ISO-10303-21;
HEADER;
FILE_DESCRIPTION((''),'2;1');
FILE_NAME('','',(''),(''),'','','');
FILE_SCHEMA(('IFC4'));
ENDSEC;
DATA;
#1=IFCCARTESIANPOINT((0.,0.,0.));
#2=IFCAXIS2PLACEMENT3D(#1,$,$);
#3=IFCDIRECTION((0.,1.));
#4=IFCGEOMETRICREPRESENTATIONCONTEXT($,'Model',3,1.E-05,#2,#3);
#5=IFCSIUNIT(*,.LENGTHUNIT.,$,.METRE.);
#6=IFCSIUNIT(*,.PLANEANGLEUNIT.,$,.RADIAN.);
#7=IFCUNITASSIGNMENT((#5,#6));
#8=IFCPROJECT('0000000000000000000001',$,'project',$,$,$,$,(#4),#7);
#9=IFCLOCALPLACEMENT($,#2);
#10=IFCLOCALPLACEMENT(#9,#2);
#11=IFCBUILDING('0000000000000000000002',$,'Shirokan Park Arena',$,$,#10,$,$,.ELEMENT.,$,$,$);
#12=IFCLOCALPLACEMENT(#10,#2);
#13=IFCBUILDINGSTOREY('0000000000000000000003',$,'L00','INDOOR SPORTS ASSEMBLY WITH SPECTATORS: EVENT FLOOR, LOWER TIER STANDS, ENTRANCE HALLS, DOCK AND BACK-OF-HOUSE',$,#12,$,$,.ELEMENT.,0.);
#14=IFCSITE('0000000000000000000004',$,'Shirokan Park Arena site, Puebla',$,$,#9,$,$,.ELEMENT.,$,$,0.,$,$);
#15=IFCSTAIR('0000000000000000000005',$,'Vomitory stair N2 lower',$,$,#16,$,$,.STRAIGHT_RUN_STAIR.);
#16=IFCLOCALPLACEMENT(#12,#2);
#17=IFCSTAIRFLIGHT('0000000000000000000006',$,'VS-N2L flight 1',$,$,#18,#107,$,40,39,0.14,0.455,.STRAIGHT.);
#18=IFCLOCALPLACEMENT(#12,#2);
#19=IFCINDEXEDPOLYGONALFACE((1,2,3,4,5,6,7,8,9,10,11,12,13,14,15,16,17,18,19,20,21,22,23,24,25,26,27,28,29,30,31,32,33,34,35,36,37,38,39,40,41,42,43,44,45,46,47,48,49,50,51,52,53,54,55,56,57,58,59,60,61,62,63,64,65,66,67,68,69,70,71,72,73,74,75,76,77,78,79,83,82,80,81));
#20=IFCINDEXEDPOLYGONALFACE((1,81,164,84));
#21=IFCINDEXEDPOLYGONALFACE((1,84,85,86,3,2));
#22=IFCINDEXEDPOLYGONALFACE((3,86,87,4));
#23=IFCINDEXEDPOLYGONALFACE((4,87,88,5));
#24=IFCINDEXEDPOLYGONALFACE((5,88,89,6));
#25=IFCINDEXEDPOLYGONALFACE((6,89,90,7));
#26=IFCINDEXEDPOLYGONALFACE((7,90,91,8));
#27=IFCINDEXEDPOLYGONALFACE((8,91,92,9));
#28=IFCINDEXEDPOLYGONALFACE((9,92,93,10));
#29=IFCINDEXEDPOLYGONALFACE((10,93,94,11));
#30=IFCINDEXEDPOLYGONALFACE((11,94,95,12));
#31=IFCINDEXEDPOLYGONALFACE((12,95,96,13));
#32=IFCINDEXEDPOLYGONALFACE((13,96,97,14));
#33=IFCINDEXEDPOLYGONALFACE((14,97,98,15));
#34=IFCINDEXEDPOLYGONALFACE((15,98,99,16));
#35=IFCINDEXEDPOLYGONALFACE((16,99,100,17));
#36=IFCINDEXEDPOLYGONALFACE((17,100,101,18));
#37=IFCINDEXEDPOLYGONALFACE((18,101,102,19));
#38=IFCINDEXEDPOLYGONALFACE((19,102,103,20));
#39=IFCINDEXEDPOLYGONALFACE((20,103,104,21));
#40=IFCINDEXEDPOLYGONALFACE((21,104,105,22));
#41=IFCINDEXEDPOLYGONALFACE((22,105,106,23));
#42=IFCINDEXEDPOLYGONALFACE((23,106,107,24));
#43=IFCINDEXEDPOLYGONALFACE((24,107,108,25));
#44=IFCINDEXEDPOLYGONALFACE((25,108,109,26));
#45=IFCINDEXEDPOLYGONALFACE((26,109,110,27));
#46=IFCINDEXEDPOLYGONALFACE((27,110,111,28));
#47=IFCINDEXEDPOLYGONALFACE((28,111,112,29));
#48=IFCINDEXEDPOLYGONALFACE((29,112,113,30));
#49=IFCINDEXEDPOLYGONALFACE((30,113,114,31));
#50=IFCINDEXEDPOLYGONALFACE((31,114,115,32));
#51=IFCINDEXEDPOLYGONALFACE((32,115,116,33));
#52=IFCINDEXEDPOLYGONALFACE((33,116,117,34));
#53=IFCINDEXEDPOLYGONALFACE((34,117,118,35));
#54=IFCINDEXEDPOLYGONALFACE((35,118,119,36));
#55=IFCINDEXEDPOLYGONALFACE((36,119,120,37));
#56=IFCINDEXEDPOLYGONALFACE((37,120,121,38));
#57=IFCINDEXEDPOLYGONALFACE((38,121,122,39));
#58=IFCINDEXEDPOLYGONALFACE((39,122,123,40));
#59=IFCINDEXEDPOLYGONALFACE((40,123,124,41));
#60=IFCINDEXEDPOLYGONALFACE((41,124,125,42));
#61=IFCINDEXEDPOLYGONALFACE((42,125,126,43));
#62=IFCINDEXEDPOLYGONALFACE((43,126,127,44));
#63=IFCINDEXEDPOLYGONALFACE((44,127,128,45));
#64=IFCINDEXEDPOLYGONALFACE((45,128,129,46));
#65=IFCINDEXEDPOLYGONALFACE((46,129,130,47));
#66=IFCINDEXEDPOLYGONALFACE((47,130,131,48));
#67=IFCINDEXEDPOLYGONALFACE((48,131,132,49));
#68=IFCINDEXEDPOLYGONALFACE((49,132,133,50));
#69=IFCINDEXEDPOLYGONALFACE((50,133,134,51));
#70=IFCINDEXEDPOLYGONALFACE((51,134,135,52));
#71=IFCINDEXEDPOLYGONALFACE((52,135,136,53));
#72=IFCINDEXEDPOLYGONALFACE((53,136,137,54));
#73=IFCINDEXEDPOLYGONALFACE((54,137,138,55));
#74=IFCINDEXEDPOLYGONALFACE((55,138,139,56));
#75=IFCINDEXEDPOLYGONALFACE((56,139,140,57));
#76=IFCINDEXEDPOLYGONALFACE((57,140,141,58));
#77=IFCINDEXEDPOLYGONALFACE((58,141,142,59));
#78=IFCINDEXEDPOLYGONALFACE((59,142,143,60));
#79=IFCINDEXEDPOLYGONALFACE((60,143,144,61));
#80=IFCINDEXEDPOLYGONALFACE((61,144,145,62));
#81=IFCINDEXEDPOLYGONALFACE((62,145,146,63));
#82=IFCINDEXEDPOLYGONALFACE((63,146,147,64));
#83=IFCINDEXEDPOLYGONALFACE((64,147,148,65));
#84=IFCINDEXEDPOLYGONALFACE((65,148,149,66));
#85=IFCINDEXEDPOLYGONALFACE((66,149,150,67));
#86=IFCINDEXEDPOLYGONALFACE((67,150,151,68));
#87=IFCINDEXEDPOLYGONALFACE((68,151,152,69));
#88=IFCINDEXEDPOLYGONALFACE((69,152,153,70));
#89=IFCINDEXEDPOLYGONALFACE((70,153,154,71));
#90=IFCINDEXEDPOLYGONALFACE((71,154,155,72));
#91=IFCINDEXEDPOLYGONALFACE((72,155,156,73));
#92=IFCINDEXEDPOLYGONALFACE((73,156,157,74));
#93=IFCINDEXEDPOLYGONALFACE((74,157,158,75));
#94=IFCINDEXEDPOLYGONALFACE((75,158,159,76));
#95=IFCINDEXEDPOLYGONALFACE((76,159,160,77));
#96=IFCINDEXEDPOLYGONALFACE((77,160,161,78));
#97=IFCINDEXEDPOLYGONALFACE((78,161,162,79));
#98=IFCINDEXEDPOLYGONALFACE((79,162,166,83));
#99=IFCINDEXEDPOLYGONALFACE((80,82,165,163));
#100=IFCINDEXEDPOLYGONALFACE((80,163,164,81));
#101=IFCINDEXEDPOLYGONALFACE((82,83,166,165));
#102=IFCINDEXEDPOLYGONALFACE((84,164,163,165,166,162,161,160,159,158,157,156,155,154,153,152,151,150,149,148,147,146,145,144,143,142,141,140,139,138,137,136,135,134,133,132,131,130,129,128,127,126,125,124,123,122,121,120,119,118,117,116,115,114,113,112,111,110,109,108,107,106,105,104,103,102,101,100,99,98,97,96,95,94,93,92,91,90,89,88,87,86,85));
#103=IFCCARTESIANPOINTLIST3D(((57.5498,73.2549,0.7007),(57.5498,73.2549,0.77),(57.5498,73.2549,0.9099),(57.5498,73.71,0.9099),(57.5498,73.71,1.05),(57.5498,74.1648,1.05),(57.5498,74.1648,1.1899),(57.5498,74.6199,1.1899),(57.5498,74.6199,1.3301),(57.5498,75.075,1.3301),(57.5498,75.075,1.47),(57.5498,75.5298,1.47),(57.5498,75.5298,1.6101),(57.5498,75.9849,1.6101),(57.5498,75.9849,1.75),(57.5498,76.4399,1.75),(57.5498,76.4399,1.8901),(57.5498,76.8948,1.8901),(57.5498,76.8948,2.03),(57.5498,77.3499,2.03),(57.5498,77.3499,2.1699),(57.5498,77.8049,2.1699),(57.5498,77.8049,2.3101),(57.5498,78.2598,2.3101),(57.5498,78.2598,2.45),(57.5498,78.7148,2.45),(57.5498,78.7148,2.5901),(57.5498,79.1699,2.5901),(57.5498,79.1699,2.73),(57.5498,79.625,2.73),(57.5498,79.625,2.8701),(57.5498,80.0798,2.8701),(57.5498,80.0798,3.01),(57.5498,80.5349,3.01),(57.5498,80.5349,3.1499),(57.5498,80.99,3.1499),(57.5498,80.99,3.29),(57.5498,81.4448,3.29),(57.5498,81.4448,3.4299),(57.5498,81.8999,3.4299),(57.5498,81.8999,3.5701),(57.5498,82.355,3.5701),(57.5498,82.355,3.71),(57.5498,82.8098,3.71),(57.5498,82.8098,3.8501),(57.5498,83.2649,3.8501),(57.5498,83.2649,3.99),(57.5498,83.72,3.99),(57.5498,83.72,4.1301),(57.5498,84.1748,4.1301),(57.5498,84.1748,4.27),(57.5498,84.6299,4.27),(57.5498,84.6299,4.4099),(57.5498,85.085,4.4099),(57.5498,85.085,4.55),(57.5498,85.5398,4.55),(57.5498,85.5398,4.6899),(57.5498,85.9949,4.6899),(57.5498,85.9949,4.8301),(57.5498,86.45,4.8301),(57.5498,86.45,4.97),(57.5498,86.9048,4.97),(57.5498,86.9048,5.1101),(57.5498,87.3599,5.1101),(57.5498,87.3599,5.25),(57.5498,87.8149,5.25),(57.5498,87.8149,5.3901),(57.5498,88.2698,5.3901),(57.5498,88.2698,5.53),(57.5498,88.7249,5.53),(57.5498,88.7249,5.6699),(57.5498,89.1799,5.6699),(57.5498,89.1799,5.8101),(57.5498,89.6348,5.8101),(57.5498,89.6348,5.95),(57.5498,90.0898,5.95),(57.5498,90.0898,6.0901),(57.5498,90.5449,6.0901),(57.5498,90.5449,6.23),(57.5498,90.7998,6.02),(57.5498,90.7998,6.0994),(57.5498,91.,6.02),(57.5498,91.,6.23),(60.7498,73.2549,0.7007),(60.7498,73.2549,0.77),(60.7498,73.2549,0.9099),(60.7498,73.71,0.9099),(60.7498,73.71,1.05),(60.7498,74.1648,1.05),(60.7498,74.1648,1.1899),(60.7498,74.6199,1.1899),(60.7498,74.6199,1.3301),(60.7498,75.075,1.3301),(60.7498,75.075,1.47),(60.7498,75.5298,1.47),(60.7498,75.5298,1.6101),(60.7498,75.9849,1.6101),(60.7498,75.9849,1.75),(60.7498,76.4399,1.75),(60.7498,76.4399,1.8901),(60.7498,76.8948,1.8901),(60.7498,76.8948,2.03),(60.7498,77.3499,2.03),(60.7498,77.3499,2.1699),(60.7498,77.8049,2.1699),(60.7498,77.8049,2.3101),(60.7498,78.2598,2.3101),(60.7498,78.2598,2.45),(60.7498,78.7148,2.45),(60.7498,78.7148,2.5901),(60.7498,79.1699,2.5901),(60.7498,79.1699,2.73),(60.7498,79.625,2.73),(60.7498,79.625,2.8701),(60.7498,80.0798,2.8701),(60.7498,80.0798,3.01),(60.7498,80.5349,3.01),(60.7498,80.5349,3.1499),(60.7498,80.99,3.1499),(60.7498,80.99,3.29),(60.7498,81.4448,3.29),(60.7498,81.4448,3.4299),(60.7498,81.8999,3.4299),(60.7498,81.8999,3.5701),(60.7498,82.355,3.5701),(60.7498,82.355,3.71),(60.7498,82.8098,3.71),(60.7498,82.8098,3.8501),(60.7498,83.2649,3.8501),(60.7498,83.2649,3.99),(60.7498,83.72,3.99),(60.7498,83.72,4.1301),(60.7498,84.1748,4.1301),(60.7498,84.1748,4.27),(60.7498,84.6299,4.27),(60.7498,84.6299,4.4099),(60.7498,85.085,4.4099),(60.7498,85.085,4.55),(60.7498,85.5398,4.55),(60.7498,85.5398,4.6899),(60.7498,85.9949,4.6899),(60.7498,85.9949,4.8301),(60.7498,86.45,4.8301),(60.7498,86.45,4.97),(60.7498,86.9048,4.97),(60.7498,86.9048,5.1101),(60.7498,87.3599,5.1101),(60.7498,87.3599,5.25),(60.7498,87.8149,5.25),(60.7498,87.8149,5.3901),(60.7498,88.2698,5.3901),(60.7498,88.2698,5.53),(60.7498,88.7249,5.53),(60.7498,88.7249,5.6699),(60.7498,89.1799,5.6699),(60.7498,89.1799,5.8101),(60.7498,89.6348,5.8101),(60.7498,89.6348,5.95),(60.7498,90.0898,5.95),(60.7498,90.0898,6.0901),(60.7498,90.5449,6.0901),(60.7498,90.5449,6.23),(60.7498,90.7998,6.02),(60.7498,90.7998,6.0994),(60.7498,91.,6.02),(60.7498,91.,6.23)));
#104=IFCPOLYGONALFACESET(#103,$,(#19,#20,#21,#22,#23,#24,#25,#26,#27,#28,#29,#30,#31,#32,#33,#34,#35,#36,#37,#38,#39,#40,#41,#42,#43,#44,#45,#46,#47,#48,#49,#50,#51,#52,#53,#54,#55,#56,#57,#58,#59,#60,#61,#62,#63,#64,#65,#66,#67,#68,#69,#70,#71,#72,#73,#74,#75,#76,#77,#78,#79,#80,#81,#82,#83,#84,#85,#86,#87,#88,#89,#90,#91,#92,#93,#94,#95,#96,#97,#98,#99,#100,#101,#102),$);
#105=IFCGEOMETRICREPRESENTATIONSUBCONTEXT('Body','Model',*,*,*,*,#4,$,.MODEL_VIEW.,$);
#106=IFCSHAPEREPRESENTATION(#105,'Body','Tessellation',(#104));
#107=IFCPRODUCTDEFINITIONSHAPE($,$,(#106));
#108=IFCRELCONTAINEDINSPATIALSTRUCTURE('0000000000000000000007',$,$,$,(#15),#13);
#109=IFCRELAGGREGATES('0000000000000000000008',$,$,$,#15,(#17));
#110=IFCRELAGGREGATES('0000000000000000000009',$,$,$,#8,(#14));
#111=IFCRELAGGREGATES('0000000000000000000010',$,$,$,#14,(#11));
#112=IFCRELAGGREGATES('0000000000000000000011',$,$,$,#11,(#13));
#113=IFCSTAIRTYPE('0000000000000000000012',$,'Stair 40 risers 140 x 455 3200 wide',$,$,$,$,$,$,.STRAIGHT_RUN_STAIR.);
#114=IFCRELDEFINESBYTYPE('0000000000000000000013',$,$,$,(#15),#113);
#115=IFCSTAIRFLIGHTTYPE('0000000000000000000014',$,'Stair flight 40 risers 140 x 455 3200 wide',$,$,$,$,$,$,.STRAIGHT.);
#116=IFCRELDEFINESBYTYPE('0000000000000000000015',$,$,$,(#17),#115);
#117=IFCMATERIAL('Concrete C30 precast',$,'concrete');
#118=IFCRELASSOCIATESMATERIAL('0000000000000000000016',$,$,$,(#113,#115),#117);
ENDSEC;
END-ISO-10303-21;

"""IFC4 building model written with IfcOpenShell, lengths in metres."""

from ifc_helpers import new_model, si_unit, direction, frame, origin, place, context, subcontext, project, spatial, polyline, outline, extrude, material, type_object, element, aggregate, save


model = new_model("IFC4")

# Units and contexts
model_context = context("Model", 3, precision=1e-05, world=origin(), true_north=direction((0.0, 1.0)))
body_context = subcontext(model_context, "Body", "Model", "MODEL_VIEW")
ifc_project = project(units=[si_unit("LENGTHUNIT", "METRE"), si_unit("PLANEANGLEUNIT", "RADIAN")], contexts=[model_context])

# Site, building, storey
site_placement = place(None, origin())
site = spatial("IfcSite", under=ifc_project, at=site_placement, Name="Shirokan Park Arena site, Puebla", CompositionType="ELEMENT", RefElevation=0.0)
building_placement = place(site_placement, origin())
building = spatial("IfcBuilding", under=site, at=building_placement, Name="Shirokan Park Arena", CompositionType="ELEMENT")
storey_placement = place(building_placement, origin())
storey = spatial("IfcBuildingStorey", under=building, at=storey_placement, Name="L00", Description="INDOOR SPORTS ASSEMBLY WITH SPECTATORS: EVENT FLOOR, LOWER TIER STANDS, ENTRANCE HALLS, DOCK AND BACK-OF-HOUSE", CompositionType="ELEMENT", Elevation=0.0)

# Stair, stair flight
ifc_material_1 = material(Name="Concrete C30 precast", Category="concrete")
stair_type = type_object("IfcStairType", Name="Stair 40 risers 140 x 455 3200 wide", PredefinedType="STRAIGHT_RUN_STAIR", material=ifc_material_1)
stair_flight_type = type_object("IfcStairFlightType", Name="Stair flight 40 risers 140 x 455 3200 wide", PredefinedType="STRAIGHT", material=ifc_material_1)
stair_1_placement = place(storey_placement, origin())
stair_1 = element("IfcStair", 1, at=stair_1_placement, inside=storey, type_object=stair_type, Name="Vomitory stair N2 lower", PredefinedType="STRAIGHT_RUN_STAIR")
stair_flight_1_placement = place(storey_placement, frame((59.1499, 73.2549, 0.77), z_axis=(0.0, 0.0, 1.0), x_axis=(0.0, 1.0, 0.0)))
stair_flight_1 = element("IfcStairFlight", 2, at=stair_flight_1_placement, type_object=stair_flight_type, Name="VS-N2L flight 1", NumberOfRisers=40, NumberOfTreads=39, PredefinedType="STRAIGHT", RiserHeight=0.14, TreadLength=0.455, context=body_context, shape_type="SweptSolid", body=[
    extrude(outline(polyline([(0.0, -0.0693), (0.0, 0.0), (0.0, 0.1399), (0.4551, 0.1399), (0.4551, 0.28), (0.9099, 0.28), (0.9099, 0.4199), (1.365, 0.4199), (1.365, 0.5601), (1.8201, 0.5601), (1.8201, 0.7), (2.2749, 0.7), (2.2749, 0.8401), (2.73, 0.8401), (2.73, 0.98), (3.1851, 0.98), (3.1851, 1.1201), (3.6399, 1.1201), (3.6399, 1.26), (4.095, 1.26), (4.095, 1.3999), (4.55, 1.3999), (4.55, 1.54), (5.0049, 1.54), (5.0049, 1.6799), (5.46, 1.6799), (5.46, 1.8201), (5.915, 1.8201), (5.915, 1.96), (6.3701, 1.96), (6.3701, 2.1001), (6.825, 2.1001), (6.825, 2.24), (7.28, 2.24), (7.28, 2.3799), (7.7351, 2.3799), (7.7351, 2.52), (8.1899, 2.52), (8.1899, 2.6599), (8.645, 2.6599), (8.645, 2.8), (9.1001, 2.8), (9.1001, 2.9399), (9.5549, 2.9399), (9.5549, 3.0801), (10.01, 3.0801), (10.01, 3.22), (10.4651, 3.22), (10.4651, 3.3601), (10.9199, 3.3601), (10.9199, 3.5), (11.375, 3.5), (11.375, 3.6399), (11.8301, 3.6399), (11.8301, 3.78), (12.2849, 3.78), (12.2849, 3.9199), (12.74, 3.9199), (12.74, 4.0601), (13.1951, 4.0601), (13.1951, 4.2), (13.6499, 4.2), (13.6499, 4.3401), (14.105, 4.3401), (14.105, 4.48), (14.5601, 4.48), (14.5601, 4.6201), (15.0149, 4.6201), (15.0149, 4.76), (15.47, 4.76), (15.47, 4.8999), (15.925, 4.8999), (15.925, 5.04), (16.3799, 5.04), (16.3799, 5.1799), (16.835, 5.1799), (16.835, 5.3201), (17.29, 5.3201), (17.29, 5.46), (17.7451, 5.46), (17.7451, 5.6001), (17.7451, 5.25), (17.5449, 5.25), (17.5449, 5.3293), (0.0, -0.0693)])), frame((0.0, 1.6001, 0.0), z_axis=(0.0, -1.0, 0.0), x_axis=(1.0, 0.0, 0.0)), (0.0, 0.0, 1.0), 3.2),
])
aggregate(stair_1, [stair_flight_1])

save(model, "model.ifc")
